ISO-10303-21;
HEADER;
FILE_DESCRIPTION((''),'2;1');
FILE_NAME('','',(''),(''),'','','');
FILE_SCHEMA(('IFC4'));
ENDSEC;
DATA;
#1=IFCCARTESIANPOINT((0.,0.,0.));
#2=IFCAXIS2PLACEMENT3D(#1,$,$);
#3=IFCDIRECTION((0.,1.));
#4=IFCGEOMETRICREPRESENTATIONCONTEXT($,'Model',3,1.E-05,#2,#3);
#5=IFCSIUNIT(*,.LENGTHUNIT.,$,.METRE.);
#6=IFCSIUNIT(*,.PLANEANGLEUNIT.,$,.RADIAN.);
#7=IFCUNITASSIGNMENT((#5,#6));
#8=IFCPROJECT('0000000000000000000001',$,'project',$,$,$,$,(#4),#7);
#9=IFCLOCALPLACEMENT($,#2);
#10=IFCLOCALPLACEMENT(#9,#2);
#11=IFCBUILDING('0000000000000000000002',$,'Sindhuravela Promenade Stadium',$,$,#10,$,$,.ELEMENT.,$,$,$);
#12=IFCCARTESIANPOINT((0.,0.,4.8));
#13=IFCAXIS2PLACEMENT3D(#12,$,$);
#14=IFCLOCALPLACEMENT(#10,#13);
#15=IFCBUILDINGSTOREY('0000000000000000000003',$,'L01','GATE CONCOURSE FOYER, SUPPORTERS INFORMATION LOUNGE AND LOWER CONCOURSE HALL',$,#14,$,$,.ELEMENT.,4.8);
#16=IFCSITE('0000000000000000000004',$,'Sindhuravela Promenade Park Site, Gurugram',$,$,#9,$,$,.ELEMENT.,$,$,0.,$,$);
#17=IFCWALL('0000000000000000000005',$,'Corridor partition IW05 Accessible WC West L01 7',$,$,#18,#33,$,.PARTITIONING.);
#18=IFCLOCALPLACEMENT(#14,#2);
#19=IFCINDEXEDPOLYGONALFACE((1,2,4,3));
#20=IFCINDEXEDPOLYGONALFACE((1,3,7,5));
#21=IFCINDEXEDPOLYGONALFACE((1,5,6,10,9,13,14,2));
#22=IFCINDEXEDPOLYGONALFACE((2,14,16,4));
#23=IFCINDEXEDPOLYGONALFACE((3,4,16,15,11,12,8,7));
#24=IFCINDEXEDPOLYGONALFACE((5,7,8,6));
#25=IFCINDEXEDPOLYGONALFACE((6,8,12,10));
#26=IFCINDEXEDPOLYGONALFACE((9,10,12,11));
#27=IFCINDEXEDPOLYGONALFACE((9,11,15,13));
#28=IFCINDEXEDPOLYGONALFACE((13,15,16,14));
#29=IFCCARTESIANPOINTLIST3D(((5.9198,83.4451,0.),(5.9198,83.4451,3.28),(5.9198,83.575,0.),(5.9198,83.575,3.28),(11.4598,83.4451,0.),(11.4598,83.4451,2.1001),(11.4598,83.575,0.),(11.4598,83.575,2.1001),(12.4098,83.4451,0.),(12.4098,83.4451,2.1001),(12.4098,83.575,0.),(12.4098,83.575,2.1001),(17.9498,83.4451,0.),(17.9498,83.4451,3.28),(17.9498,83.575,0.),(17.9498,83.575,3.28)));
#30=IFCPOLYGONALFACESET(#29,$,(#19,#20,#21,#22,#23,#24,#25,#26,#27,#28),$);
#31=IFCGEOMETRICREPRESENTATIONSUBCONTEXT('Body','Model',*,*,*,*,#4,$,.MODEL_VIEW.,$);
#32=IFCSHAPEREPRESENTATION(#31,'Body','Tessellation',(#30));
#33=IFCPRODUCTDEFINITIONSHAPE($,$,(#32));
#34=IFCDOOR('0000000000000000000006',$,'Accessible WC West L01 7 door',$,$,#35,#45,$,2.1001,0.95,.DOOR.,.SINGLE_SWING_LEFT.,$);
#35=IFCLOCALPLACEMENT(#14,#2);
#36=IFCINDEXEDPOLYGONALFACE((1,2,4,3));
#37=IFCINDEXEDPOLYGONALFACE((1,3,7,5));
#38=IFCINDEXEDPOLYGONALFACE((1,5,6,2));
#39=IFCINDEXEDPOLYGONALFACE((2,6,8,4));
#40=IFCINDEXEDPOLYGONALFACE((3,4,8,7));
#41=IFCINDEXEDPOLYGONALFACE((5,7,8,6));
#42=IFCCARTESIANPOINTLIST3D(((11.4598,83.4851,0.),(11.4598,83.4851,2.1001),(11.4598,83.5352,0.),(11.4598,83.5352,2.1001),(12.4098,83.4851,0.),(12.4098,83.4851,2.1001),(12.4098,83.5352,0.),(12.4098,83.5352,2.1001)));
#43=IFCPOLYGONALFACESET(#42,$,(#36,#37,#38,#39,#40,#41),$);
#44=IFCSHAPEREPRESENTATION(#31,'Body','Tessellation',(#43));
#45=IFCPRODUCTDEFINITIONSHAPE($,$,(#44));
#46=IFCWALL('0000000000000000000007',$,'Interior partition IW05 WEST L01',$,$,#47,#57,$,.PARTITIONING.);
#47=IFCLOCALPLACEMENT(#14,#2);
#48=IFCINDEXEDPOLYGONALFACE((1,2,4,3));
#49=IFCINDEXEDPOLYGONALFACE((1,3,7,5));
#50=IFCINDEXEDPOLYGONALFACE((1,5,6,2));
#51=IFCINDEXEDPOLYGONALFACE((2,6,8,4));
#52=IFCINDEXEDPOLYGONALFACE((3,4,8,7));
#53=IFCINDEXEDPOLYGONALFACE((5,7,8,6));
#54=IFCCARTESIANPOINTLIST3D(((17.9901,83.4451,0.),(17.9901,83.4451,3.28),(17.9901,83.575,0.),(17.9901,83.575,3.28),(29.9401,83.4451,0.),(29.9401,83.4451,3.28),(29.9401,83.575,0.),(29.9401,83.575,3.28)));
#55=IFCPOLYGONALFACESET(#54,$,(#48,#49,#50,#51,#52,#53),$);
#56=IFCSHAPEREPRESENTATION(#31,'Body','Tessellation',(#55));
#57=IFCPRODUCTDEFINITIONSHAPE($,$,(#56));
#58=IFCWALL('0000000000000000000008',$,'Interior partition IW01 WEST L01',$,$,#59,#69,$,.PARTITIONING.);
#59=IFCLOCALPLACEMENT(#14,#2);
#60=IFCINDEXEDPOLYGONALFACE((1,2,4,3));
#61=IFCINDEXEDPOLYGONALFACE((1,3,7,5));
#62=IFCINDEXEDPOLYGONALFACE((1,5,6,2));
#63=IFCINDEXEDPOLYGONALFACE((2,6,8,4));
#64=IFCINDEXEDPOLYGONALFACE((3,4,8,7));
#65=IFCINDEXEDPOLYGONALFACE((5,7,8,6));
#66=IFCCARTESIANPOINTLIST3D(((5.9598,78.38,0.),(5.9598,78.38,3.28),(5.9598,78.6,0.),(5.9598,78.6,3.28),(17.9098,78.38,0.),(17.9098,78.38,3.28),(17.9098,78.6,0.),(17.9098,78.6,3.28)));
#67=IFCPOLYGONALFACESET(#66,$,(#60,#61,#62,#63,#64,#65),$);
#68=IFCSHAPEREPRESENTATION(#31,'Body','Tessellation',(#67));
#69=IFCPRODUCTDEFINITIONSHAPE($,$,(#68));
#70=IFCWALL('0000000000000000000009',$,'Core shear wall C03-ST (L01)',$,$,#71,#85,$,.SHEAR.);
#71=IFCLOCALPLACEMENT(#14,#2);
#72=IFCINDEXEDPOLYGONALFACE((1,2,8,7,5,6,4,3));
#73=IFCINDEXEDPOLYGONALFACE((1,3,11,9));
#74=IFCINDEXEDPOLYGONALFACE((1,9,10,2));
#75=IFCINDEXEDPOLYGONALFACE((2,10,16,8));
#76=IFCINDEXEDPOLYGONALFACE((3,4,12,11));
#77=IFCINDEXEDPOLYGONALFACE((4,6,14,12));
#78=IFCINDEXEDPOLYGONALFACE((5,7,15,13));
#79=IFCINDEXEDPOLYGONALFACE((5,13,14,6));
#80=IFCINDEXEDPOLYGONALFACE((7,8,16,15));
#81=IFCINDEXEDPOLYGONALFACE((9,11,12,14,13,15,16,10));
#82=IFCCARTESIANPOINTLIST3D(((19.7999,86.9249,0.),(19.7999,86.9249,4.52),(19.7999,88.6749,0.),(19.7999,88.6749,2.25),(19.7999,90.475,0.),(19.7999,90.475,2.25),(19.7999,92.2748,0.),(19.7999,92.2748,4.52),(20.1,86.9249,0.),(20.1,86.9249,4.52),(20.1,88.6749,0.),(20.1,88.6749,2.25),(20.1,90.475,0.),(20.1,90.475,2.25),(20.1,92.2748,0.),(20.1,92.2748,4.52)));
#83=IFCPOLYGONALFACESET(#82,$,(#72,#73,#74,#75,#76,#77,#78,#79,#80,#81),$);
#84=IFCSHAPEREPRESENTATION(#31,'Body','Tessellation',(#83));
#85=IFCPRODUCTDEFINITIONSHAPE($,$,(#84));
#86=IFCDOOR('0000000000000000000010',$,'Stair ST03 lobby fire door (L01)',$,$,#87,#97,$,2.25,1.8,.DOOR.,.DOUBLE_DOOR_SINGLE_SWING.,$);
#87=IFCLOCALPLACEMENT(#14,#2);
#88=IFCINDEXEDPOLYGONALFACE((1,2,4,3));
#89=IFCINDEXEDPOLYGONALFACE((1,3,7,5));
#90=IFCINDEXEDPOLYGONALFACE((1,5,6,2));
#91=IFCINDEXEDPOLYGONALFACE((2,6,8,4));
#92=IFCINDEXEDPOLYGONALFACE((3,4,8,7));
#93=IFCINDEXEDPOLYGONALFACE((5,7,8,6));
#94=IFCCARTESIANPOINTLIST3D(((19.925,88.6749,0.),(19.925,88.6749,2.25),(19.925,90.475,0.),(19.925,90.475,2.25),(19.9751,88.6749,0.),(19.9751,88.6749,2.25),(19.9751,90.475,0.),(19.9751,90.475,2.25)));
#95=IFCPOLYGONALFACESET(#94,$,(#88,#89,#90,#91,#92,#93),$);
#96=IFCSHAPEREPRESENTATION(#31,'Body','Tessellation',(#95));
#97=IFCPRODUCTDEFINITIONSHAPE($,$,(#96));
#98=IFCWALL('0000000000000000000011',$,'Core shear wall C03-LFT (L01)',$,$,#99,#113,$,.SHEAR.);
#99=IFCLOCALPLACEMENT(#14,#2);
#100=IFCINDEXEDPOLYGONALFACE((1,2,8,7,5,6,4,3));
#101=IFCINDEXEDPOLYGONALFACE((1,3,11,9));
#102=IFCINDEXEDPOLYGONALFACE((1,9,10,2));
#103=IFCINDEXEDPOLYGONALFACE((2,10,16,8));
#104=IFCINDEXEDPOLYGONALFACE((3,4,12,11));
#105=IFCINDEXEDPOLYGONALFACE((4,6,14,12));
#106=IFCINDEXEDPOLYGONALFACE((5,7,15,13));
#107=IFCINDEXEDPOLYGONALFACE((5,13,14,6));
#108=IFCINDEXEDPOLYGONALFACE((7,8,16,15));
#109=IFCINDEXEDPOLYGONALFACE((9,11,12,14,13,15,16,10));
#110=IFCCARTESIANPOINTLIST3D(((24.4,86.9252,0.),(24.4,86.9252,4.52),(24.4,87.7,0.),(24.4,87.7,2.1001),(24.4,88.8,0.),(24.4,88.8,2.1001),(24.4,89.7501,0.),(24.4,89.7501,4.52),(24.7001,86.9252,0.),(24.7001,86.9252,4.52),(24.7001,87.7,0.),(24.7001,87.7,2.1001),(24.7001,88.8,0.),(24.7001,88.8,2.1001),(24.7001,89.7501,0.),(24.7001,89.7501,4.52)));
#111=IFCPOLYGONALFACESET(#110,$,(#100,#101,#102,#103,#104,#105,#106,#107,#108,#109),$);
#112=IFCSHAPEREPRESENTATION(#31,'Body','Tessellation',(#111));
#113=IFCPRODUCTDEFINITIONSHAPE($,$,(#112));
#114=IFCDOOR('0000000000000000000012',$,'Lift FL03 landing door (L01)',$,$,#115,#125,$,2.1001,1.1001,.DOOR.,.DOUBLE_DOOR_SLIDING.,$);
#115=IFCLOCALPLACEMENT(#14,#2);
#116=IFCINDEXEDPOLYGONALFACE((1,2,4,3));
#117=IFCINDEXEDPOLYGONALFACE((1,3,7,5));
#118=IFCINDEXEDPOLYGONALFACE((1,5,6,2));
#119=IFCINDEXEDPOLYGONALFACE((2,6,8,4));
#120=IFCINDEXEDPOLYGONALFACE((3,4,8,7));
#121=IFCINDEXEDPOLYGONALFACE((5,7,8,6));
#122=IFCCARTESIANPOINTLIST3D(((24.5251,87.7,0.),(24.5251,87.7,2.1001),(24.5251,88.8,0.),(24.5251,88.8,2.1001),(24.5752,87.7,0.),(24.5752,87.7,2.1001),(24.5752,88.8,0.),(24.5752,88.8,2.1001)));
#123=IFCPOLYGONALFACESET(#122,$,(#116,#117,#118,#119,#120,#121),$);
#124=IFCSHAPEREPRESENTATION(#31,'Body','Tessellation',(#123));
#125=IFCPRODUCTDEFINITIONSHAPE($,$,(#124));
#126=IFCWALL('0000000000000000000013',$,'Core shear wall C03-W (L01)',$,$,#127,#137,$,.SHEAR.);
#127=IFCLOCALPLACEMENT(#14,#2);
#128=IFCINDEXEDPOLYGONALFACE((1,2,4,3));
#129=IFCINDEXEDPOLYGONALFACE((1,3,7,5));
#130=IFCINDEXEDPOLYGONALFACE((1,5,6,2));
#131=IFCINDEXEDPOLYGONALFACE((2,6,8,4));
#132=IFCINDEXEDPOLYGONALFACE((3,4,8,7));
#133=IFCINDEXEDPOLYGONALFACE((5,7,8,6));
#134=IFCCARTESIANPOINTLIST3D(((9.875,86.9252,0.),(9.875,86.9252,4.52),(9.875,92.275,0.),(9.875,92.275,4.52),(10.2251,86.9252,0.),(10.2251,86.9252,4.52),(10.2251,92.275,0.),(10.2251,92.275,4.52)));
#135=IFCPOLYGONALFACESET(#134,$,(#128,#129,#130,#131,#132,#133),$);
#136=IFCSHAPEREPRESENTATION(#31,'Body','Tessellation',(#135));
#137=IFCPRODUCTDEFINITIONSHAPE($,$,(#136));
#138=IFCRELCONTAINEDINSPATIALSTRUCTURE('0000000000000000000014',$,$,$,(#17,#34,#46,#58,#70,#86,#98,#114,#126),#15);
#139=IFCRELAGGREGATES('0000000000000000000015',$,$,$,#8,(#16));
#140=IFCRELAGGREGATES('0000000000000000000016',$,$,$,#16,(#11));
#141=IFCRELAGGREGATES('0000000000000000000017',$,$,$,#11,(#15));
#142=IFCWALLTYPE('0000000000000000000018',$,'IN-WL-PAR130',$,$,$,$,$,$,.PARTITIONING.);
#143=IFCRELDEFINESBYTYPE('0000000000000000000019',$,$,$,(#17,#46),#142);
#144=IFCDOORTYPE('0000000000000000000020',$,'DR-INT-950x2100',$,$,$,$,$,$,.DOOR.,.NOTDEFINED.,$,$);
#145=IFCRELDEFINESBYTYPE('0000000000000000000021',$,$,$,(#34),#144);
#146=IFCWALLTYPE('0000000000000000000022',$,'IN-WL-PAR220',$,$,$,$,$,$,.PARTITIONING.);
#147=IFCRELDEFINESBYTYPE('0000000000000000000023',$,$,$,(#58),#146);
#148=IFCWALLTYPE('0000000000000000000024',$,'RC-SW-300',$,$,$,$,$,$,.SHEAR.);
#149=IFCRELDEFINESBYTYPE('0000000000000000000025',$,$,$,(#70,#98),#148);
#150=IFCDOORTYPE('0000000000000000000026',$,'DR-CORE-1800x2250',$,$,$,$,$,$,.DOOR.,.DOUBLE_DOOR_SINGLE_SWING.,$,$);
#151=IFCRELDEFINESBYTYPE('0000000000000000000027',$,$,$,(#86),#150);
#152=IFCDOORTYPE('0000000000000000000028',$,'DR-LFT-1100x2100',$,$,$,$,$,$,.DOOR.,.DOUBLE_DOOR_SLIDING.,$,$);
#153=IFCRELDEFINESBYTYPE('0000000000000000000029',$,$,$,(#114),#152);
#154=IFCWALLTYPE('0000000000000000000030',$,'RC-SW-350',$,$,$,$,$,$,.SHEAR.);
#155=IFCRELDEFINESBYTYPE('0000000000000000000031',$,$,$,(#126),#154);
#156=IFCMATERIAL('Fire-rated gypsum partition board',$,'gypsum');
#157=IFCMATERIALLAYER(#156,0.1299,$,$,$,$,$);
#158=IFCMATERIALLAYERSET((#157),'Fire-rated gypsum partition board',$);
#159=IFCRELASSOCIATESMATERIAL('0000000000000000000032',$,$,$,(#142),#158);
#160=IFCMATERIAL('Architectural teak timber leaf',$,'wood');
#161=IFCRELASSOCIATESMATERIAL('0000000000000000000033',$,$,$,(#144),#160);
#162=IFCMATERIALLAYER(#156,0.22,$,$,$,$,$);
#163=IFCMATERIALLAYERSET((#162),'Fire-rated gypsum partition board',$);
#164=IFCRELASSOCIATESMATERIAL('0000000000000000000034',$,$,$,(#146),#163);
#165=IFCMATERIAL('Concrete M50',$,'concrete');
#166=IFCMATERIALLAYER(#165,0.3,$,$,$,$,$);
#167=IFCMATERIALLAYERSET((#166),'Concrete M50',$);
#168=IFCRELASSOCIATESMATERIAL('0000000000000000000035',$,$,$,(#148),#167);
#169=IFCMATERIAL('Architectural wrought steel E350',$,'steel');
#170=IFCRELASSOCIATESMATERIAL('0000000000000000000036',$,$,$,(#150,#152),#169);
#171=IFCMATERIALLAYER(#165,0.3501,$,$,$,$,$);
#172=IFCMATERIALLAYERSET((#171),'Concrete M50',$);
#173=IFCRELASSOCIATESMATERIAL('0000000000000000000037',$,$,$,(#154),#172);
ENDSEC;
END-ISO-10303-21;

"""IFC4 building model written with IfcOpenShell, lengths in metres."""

from ifc_helpers import new_model, si_unit, direction, frame, frame_2d, origin, place, context, subcontext, project, spatial, rectangle, extrude, material, layer, layer_set, type_object, element, fill, save


model = new_model("IFC4")

# Units and contexts
model_context = context("Model", 3, precision=1e-05, world=origin(), true_north=direction((0.0, 1.0)))
body_context = subcontext(model_context, "Body", "Model", "MODEL_VIEW")
ifc_project = project(units=[si_unit("LENGTHUNIT", "METRE"), si_unit("PLANEANGLEUNIT", "RADIAN")], contexts=[model_context])

# Site, building, storey
site_placement = place(None, origin())
site = spatial("IfcSite", under=ifc_project, at=site_placement, Name="Sindhuravela Promenade Park Site, Gurugram", CompositionType="ELEMENT", RefElevation=0.0)
building_placement = place(site_placement, origin())
building = spatial("IfcBuilding", under=site, at=building_placement, Name="Sindhuravela Promenade Stadium", CompositionType="ELEMENT")
storey_placement = place(building_placement, frame((0.0, 0.0, 4.8)))
storey = spatial("IfcBuildingStorey", under=building, at=storey_placement, Name="L01", Description="GATE CONCOURSE FOYER, SUPPORTERS INFORMATION LOUNGE AND LOWER CONCOURSE HALL", CompositionType="ELEMENT", Elevation=4.8)

# Shared definitions
ifc_material_1 = material(Name="Concrete M50", Category="concrete")

# Shared definitions
ifc_material_2 = material(Name="Fire-rated gypsum partition board", Category="gypsum")

# Wall, opening, door
ifc_layer_1 = layer(ifc_material_2, 0.1299)
ifc_layer_set_1 = layer_set([ifc_layer_1], Name="Fire-rated gypsum partition board")
wall_type_1 = type_object("IfcWallType", Name="IN-WL-PAR130", PredefinedType="PARTITIONING", material=ifc_layer_set_1)
wall_1_placement = place(storey_placement, frame((17.95, 83.51, 0.0), z_axis=(0.0, 0.0, 1.0), x_axis=(-1.0, 0.0, 0.0)))
wall_1 = element("IfcWall", 1, at=wall_1_placement, inside=storey, type_object=wall_type_1, Name="Corridor partition IW05 Accessible WC West L01 7", PredefinedType="PARTITIONING", context=body_context, shape_type="SweptSolid", body=[
    extrude(rectangle(XDim=12.03, YDim=0.1299, at=frame_2d((6.0151, 0.0))), origin(), (0.0, 0.0, 1.0), 3.28),
])
opening_1_placement = place(wall_1_placement, frame((5.54, 0.0, 0.0)))
opening_1 = element("IfcOpeningElement", 2, at=opening_1_placement, cuts=wall_1, PredefinedType="OPENING", context=body_context, shape_type="SweptSolid", body=[
    extrude(rectangle(XDim=0.95, YDim=2.1001, at=frame_2d((0.4751, 1.05))), frame((0.0, 0.075, 0.0), z_axis=(0.0, -1.0, 0.0), x_axis=(1.0, 0.0, 0.0)), (0.0, 0.0, 1.0), 0.1499),
])
ifc_material_3 = material(Name="Architectural teak timber leaf", Category="wood")
door_type_1 = type_object("IfcDoorType", Name="DR-INT-950x2100", OperationType="NOTDEFINED", PredefinedType="DOOR", material=ifc_material_3)
door_1_placement = place(opening_1_placement, origin())
door_1 = element("IfcDoor", 3, at=door_1_placement, inside=storey, type_object=door_type_1, Name="Accessible WC West L01 7 door", OperationType="SINGLE_SWING_LEFT", OverallHeight=2.1001, OverallWidth=0.95, PredefinedType="DOOR", context=body_context, shape_type="SweptSolid", body=[
    extrude(rectangle(XDim=0.95, YDim=2.1001, at=frame_2d((0.4751, 1.05))), frame((0.0, 0.0249, 0.0), z_axis=(0.0, -1.0, 0.0), x_axis=(1.0, 0.0, 0.0)), (0.0, 0.0, 1.0), 0.05),
])
fill(opening_1, door_1)

# Walls
wall_2_placement = place(storey_placement, frame((17.99, 83.51, 0.0), z_axis=(0.0, 0.0, 1.0), x_axis=(1.0, 0.0, 0.0)))
element("IfcWall", 4, at=wall_2_placement, inside=storey, type_object=wall_type_1, Name="Interior partition IW05 WEST L01", PredefinedType="PARTITIONING", context=body_context, shape_type="SweptSolid", body=[
    extrude(rectangle(XDim=11.95, YDim=0.1299, at=frame_2d((5.9751, 0.0))), origin(), (0.0, 0.0, 1.0), 3.28),
])
ifc_layer_2 = layer(ifc_material_2, 0.22)
ifc_layer_set_2 = layer_set([ifc_layer_2], Name="Fire-rated gypsum partition board")
wall_type_2 = type_object("IfcWallType", Name="IN-WL-PAR220", PredefinedType="PARTITIONING", material=ifc_layer_set_2)
wall_3_placement = place(storey_placement, frame((17.9099, 78.49, 0.0), z_axis=(0.0, 0.0, 1.0), x_axis=(-1.0, 0.0, 0.0)))
element("IfcWall", 5, at=wall_3_placement, inside=storey, type_object=wall_type_2, Name="Interior partition IW01 WEST L01", PredefinedType="PARTITIONING", context=body_context, shape_type="SweptSolid", body=[
    extrude(rectangle(XDim=11.95, YDim=0.22, at=frame_2d((5.9751, 0.0))), origin(), (0.0, 0.0, 1.0), 3.28),
])

# Walls, openings, doors
ifc_layer_3 = layer(ifc_material_1, 0.3)
ifc_layer_set_3 = layer_set([ifc_layer_3], Name="Concrete M50")
wall_type_3 = type_object("IfcWallType", Name="RC-SW-300", PredefinedType="SHEAR", material=ifc_layer_set_3)
wall_4_placement = place(storey_placement, frame((19.95, 86.925, 0.0), z_axis=(0.0, 0.0, 1.0), x_axis=(0.0, 1.0, 0.0)))
wall_4 = element("IfcWall", 6, at=wall_4_placement, inside=storey, type_object=wall_type_3, Name="Core shear wall C03-ST (L01)", PredefinedType="SHEAR", context=body_context, shape_type="SweptSolid", body=[
    extrude(rectangle(XDim=5.3499, YDim=0.3, at=frame_2d((2.6748, 0.0))), origin(), (0.0, 0.0, 1.0), 4.52),
])
opening_2_placement = place(wall_4_placement, frame((1.75, 0.0, 0.0)))
opening_2 = element("IfcOpeningElement", 7, at=opening_2_placement, cuts=wall_4, PredefinedType="OPENING", context=body_context, shape_type="SweptSolid", body=[
    extrude(rectangle(XDim=1.8, YDim=2.25, at=frame_2d((0.8999, 1.125))), frame((0.0, 0.1599, 0.0), z_axis=(0.0, -1.0, 0.0), x_axis=(1.0, 0.0, 0.0)), (0.0, 0.0, 1.0), 0.3201),
])
ifc_material_4 = material(Name="Architectural wrought steel E350", Category="steel")
door_type_2 = type_object("IfcDoorType", Name="DR-CORE-1800x2250", OperationType="DOUBLE_DOOR_SINGLE_SWING", PredefinedType="DOOR", material=ifc_material_4)
door_2_placement = place(opening_2_placement, origin())
door_2 = element("IfcDoor", 8, at=door_2_placement, inside=storey, type_object=door_type_2, Name="Stair ST03 lobby fire door (L01)", OperationType="DOUBLE_DOOR_SINGLE_SWING", OverallHeight=2.25, OverallWidth=1.8, PredefinedType="DOOR", context=body_context, shape_type="SweptSolid", body=[
    extrude(rectangle(XDim=1.8, YDim=2.25, at=frame_2d((0.8999, 1.125))), frame((0.0, 0.0249, 0.0), z_axis=(0.0, -1.0, 0.0), x_axis=(1.0, 0.0, 0.0)), (0.0, 0.0, 1.0), 0.05),
])
fill(opening_2, door_2)
wall_5_placement = place(storey_placement, frame((24.55, 86.925, 0.0), z_axis=(0.0, 0.0, 1.0), x_axis=(0.0, 1.0, 0.0)))
wall_5 = element("IfcWall", 9, at=wall_5_placement, inside=storey, type_object=wall_type_3, Name="Core shear wall C03-LFT (L01)", PredefinedType="SHEAR", context=body_context, shape_type="SweptSolid", body=[
    extrude(rectangle(XDim=2.825, YDim=0.3, at=frame_2d((1.4126, 0.0))), origin(), (0.0, 0.0, 1.0), 4.52),
])
opening_3_placement = place(wall_5_placement, frame((0.7749, 0.0, 0.0)))
opening_3 = element("IfcOpeningElement", 10, at=opening_3_placement, cuts=wall_5, PredefinedType="OPENING", context=body_context, shape_type="SweptSolid", body=[
    extrude(rectangle(XDim=1.1001, YDim=2.1001, at=frame_2d((0.55, 1.05))), frame((0.0, 0.1599, 0.0), z_axis=(0.0, -1.0, 0.0), x_axis=(1.0, 0.0, 0.0)), (0.0, 0.0, 1.0), 0.3201),
])
door_type_3 = type_object("IfcDoorType", Name="DR-LFT-1100x2100", OperationType="DOUBLE_DOOR_SLIDING", PredefinedType="DOOR", material=ifc_material_4)
door_3_placement = place(opening_3_placement, origin())
door_3 = element("IfcDoor", 11, at=door_3_placement, inside=storey, type_object=door_type_3, Name="Lift FL03 landing door (L01)", OperationType="DOUBLE_DOOR_SLIDING", OverallHeight=2.1001, OverallWidth=1.1001, PredefinedType="DOOR", context=body_context, shape_type="SweptSolid", body=[
    extrude(rectangle(XDim=1.1001, YDim=2.1001, at=frame_2d((0.55, 1.05))), frame((0.0, 0.0249, 0.0), z_axis=(0.0, -1.0, 0.0), x_axis=(1.0, 0.0, 0.0)), (0.0, 0.0, 1.0), 0.05),
])
fill(opening_3, door_3)

# Wall
ifc_layer_4 = layer(ifc_material_1, 0.3501)
ifc_layer_set_4 = layer_set([ifc_layer_4], Name="Concrete M50")
wall_type_4 = type_object("IfcWallType", Name="RC-SW-350", PredefinedType="SHEAR", material=ifc_layer_set_4)
wall_6_placement = place(storey_placement, frame((10.05, 92.2749, 0.0), z_axis=(0.0, 0.0, 1.0), x_axis=(0.0, -1.0, 0.0)))
element("IfcWall", 12, at=wall_6_placement, inside=storey, type_object=wall_type_4, Name="Core shear wall C03-W (L01)", PredefinedType="SHEAR", context=body_context, shape_type="SweptSolid", body=[
    extrude(rectangle(XDim=5.3499, YDim=0.3501, at=frame_2d((2.6748, 0.0))), origin(), (0.0, 0.0, 1.0), 4.52),
])

save(model, "model.ifc")
